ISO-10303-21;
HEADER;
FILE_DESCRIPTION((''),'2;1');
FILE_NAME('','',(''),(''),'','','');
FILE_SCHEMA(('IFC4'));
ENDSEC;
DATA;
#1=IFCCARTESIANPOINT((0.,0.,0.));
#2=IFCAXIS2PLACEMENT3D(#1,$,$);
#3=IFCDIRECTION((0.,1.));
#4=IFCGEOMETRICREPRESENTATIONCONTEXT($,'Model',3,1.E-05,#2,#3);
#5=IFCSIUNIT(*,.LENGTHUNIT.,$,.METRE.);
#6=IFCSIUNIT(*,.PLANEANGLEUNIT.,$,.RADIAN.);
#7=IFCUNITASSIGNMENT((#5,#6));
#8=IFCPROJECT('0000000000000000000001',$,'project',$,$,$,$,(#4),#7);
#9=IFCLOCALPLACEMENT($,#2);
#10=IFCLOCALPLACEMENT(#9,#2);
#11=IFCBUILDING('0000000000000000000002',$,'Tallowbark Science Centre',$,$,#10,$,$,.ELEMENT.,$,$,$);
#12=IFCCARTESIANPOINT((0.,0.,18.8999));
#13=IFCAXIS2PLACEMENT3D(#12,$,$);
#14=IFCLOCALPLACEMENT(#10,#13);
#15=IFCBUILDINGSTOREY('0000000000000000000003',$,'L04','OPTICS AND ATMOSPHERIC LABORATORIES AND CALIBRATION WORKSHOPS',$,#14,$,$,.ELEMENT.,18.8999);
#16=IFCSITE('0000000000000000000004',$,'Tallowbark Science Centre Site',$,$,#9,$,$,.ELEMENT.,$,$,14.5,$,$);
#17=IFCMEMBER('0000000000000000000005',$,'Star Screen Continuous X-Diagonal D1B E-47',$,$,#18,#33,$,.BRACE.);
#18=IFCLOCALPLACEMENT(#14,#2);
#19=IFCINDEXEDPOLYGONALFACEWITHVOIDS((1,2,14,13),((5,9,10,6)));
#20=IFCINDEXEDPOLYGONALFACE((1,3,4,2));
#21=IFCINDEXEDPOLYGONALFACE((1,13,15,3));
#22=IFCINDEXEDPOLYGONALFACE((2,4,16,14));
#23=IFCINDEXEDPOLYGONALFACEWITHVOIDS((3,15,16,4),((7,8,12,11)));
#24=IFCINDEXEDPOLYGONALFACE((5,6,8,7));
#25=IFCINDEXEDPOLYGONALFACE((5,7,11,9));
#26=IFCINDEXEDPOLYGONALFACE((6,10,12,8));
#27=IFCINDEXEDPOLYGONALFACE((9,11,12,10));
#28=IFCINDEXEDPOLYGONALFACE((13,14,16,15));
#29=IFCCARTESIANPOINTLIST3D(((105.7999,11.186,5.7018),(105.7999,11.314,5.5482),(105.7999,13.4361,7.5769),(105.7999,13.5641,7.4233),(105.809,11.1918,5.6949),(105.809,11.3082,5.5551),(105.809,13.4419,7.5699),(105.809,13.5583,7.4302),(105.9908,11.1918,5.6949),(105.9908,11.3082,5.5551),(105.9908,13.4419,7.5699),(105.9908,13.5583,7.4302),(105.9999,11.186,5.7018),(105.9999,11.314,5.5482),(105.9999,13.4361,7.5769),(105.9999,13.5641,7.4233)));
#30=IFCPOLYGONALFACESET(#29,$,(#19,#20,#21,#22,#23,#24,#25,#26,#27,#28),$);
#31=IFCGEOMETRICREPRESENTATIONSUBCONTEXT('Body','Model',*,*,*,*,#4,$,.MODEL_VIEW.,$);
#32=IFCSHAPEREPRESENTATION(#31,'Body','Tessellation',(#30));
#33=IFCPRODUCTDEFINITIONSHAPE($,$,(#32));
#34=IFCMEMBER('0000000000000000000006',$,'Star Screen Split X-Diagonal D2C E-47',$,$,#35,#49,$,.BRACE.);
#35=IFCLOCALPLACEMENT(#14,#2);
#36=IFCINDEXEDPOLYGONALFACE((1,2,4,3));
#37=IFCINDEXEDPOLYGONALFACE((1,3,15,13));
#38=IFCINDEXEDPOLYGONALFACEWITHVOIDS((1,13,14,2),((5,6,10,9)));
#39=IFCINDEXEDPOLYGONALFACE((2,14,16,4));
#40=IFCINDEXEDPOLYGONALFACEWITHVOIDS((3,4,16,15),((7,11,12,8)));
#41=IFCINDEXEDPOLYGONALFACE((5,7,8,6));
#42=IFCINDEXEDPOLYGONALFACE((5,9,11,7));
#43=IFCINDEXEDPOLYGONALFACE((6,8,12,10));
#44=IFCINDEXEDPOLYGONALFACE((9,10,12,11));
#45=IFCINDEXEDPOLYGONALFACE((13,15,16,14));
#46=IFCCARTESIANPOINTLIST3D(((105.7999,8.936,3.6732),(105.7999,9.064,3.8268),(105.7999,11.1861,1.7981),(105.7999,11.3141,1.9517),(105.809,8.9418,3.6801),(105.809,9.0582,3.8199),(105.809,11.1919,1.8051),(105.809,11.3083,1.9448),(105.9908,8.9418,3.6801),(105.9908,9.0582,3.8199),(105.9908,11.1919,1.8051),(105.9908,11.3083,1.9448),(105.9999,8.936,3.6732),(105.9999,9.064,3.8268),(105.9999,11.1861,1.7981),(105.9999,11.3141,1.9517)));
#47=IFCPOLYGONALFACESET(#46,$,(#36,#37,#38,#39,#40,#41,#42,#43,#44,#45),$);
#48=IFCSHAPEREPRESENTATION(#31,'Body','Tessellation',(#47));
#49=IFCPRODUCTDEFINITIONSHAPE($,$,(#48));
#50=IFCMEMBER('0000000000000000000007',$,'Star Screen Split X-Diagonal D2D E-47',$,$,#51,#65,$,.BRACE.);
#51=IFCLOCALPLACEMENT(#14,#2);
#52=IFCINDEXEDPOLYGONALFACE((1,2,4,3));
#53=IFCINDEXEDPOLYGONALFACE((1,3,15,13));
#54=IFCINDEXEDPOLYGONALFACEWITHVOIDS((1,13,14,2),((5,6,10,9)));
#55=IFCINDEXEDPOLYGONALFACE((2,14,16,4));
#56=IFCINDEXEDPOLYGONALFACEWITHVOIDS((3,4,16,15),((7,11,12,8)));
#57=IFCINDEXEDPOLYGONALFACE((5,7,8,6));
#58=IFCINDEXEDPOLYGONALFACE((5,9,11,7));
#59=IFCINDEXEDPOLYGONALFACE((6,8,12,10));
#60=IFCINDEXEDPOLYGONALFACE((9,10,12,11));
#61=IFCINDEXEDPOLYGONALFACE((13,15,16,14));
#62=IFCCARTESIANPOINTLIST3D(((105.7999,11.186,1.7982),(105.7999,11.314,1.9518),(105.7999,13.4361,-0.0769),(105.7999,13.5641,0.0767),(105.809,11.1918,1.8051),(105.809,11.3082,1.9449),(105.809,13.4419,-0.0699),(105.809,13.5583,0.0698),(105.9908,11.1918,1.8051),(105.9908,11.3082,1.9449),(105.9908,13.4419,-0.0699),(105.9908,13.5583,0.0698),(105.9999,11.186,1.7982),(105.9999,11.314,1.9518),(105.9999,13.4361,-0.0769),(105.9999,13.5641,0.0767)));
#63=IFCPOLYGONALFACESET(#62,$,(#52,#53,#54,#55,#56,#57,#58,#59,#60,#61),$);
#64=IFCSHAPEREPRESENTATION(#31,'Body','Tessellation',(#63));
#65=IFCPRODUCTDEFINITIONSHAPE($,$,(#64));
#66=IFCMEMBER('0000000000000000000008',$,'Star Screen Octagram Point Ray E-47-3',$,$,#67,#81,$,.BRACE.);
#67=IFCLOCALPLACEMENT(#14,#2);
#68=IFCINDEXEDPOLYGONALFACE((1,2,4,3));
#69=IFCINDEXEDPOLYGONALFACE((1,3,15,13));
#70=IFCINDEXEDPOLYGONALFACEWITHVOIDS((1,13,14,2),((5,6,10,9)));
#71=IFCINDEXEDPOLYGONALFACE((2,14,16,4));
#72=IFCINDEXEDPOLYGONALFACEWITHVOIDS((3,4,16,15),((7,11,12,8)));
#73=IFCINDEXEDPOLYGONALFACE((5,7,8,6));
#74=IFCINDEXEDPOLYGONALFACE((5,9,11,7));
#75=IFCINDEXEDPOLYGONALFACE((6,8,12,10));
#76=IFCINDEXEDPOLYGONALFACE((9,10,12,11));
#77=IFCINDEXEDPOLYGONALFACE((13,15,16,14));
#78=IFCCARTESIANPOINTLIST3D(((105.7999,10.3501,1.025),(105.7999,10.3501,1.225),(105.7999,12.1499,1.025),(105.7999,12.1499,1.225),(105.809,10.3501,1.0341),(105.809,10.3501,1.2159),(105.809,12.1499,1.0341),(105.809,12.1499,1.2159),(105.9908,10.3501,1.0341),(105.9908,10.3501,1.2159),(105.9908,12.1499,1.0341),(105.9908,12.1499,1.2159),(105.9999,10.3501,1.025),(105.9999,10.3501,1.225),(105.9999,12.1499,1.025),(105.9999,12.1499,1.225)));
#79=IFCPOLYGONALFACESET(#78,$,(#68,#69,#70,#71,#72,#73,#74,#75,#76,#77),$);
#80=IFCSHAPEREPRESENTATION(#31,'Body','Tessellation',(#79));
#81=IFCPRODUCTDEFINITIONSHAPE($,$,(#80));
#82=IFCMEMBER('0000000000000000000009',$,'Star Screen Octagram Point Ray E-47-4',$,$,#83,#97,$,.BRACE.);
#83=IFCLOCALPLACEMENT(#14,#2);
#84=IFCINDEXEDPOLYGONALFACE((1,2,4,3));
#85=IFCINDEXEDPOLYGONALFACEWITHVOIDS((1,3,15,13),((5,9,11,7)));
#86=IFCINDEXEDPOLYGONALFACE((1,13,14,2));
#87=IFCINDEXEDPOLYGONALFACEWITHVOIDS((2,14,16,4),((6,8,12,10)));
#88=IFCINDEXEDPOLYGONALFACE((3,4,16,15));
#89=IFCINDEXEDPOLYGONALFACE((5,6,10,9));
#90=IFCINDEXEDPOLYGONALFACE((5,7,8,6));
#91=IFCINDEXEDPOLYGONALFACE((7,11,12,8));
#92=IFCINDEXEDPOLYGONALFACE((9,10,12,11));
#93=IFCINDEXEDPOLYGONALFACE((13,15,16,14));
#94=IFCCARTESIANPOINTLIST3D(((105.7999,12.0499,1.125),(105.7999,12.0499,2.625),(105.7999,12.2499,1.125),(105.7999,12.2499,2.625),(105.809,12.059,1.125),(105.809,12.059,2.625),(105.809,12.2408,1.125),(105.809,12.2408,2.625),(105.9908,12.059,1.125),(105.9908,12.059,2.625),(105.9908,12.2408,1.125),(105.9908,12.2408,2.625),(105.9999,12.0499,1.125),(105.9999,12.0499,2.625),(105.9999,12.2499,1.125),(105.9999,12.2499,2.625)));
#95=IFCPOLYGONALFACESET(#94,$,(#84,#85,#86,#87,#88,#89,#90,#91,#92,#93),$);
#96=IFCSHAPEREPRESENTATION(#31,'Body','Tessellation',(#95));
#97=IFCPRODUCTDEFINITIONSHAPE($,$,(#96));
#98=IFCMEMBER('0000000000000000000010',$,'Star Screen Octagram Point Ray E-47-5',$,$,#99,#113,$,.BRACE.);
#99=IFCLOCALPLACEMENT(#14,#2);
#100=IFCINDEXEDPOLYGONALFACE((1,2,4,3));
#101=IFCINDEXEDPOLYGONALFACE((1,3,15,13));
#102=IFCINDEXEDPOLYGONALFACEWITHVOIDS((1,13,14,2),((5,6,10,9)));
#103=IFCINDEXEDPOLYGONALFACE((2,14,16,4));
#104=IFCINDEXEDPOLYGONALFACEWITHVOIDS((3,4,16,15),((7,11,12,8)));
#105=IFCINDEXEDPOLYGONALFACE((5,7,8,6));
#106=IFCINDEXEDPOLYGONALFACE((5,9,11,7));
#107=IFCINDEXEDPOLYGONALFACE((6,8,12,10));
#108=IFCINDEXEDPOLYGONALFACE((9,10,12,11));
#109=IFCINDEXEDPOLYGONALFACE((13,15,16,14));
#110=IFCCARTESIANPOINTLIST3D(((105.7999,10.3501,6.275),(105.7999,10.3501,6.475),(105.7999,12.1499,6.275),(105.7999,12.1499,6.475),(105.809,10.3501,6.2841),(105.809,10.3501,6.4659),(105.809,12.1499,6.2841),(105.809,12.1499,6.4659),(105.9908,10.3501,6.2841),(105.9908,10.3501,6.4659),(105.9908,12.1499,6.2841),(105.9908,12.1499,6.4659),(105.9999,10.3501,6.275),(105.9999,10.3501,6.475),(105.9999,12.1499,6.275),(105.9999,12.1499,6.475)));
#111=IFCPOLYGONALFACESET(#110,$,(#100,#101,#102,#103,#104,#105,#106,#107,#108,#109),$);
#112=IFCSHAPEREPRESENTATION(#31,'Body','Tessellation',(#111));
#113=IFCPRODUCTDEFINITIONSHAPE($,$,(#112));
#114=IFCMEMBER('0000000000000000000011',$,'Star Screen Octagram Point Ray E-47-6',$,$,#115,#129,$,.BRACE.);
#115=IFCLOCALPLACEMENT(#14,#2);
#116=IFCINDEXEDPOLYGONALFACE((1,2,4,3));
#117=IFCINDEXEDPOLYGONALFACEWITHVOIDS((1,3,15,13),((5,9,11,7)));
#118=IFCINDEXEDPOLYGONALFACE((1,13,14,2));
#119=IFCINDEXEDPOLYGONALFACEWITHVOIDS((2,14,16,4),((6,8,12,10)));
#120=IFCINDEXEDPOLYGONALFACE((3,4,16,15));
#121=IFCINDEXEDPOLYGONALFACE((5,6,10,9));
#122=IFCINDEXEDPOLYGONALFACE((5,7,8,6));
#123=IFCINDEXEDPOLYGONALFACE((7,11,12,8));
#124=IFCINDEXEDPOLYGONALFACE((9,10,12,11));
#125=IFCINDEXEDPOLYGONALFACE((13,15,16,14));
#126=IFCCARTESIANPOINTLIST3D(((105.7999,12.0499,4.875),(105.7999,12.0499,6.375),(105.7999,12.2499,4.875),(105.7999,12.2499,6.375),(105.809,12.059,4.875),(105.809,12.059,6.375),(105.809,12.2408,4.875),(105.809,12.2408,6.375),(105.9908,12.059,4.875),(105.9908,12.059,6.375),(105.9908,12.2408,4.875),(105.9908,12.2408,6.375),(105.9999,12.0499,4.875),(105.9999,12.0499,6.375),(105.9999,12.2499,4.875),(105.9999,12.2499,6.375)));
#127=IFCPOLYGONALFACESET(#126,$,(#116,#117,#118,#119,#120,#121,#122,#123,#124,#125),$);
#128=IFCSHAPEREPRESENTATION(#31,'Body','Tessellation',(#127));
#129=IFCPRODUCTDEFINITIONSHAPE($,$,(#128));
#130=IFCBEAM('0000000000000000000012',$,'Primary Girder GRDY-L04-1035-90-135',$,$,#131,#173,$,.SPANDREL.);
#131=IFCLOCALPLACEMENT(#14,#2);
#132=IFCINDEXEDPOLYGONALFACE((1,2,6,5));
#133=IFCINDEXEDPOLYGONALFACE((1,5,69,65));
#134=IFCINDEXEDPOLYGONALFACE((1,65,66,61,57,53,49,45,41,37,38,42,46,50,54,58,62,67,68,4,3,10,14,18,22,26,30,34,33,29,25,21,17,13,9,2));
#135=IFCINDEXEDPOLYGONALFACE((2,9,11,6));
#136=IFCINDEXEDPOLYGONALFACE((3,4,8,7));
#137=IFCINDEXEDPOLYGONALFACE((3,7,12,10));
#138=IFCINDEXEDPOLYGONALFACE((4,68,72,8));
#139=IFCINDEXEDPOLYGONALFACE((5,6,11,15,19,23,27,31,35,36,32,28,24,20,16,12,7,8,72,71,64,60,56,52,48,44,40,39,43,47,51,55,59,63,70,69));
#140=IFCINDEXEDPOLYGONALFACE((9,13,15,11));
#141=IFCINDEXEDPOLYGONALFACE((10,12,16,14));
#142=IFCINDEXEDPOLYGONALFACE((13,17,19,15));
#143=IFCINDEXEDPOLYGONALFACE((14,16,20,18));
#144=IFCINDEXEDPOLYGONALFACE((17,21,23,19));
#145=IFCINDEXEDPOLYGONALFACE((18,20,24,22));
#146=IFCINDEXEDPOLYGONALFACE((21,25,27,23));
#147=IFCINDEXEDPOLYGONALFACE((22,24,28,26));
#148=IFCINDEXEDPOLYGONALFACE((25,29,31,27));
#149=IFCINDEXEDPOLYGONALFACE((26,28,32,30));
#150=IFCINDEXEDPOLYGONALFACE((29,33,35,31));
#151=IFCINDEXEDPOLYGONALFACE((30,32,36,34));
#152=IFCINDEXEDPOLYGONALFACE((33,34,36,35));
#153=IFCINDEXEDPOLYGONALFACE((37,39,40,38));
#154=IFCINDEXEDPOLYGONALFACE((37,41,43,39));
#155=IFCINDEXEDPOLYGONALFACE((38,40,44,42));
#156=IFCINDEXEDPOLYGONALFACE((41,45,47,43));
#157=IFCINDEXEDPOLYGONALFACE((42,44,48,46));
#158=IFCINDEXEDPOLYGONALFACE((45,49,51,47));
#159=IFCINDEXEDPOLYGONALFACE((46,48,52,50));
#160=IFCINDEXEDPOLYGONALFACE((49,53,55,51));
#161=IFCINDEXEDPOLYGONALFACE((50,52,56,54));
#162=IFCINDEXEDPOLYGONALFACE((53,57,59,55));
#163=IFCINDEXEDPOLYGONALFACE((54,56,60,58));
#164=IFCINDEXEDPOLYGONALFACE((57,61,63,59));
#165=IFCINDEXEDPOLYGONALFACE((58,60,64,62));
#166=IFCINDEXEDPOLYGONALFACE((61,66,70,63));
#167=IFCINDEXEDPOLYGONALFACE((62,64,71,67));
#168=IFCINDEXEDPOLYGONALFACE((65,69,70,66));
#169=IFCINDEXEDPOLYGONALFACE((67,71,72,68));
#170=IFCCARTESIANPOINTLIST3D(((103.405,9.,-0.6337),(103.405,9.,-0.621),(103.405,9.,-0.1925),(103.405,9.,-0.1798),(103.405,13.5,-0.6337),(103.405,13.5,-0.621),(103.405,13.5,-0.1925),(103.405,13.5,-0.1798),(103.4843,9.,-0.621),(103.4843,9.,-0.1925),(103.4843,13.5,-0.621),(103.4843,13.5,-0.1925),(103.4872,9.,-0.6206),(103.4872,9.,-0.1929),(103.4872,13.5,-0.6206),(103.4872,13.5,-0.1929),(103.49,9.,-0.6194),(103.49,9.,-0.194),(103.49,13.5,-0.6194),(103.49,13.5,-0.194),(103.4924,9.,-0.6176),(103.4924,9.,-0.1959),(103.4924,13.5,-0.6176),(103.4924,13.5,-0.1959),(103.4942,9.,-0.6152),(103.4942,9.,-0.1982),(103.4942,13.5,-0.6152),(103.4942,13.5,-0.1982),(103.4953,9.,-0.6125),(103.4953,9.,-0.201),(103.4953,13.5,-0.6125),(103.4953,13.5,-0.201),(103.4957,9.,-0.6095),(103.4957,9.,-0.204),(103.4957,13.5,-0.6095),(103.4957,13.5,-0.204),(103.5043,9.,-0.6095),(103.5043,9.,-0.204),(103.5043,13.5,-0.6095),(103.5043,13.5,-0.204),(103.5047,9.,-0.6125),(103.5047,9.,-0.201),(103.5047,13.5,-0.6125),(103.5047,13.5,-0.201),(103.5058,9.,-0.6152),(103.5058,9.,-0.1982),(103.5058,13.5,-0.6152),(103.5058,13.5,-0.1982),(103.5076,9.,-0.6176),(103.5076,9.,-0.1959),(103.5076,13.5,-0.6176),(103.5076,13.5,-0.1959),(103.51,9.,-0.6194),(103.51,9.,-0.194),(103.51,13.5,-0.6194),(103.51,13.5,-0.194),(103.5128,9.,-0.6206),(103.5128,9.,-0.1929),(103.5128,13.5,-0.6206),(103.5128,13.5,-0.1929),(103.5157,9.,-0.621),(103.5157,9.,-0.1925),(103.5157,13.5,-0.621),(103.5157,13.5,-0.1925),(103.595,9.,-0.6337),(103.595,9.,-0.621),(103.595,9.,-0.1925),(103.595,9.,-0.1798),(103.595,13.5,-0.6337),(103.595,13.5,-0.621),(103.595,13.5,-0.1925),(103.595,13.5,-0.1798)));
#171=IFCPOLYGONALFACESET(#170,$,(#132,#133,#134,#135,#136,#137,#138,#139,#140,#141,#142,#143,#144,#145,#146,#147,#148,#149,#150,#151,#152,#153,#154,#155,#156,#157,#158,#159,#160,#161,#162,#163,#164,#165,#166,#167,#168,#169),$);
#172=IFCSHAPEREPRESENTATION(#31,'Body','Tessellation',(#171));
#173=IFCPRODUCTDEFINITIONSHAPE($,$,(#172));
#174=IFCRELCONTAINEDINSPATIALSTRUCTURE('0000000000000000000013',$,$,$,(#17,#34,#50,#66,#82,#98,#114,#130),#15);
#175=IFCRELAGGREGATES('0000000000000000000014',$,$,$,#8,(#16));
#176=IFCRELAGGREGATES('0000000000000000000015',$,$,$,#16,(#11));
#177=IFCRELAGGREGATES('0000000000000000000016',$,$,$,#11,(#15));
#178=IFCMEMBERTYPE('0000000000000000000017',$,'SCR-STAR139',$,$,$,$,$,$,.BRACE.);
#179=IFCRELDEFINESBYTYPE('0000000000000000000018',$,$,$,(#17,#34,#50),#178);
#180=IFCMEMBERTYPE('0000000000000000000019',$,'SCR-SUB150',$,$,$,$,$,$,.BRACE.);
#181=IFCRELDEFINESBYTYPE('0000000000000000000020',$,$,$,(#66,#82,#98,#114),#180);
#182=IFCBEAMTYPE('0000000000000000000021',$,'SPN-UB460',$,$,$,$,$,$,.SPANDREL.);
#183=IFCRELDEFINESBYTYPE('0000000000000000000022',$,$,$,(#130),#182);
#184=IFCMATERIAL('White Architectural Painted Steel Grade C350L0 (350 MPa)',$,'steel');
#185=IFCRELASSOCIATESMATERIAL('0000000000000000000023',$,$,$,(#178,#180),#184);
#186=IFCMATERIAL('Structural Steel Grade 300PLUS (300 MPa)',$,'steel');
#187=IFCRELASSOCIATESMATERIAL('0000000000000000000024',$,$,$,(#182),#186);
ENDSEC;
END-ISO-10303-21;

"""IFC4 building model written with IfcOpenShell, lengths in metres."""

from ifc_helpers import new_model, si_unit, direction, frame, origin, origin_2d, place, context, subcontext, project, spatial, hollow_rectangle, i_section, extrude, material, material_profile, profile_set, type_object, element, save


model = new_model("IFC4")

# Units and contexts
model_context = context("Model", 3, precision=1e-05, world=origin(), true_north=direction((0.0, 1.0)))
body_context = subcontext(model_context, "Body", "Model", "MODEL_VIEW")
ifc_project = project(units=[si_unit("LENGTHUNIT", "METRE"), si_unit("PLANEANGLEUNIT", "RADIAN")], contexts=[model_context])

# Site, building, storey
site_placement = place(None, origin())
site = spatial("IfcSite", under=ifc_project, at=site_placement, Name="Tallowbark Science Centre Site", CompositionType="ELEMENT", RefElevation=14.5)
building_placement = place(site_placement, origin())
building = spatial("IfcBuilding", under=site, at=building_placement, Name="Tallowbark Science Centre", CompositionType="ELEMENT")
storey_placement = place(building_placement, frame((0.0, 0.0, 18.8999)))
storey = spatial("IfcBuildingStorey", under=building, at=storey_placement, Name="L04", Description="OPTICS AND ATMOSPHERIC LABORATORIES AND CALIBRATION WORKSHOPS", CompositionType="ELEMENT", Elevation=18.8999)

# Shared definitions
ifc_material_1 = material(Name="Structural Steel Grade 300PLUS (300 MPa)", Category="steel")

# Shared definitions
ifc_material_2 = material(Name="White Architectural Painted Steel Grade C350L0 (350 MPa)", Category="steel")

# Members
ifc_material_profile_1 = material_profile(ifc_material_2, hollow_rectangle(XDim=0.2, YDim=0.2, WallThickness=0.009, at=origin_2d()), Name="200x200x9.0SHS")
ifc_profile_set_1 = profile_set([ifc_material_profile_1], Name="White Architectural Painted Steel Grade C350L0 (350 MPa)")
member_type_1 = type_object("IfcMemberType", Name="SCR-STAR139", PredefinedType="BRACE", material=ifc_profile_set_1)
for number, where, z_axis, x_axis, name in (
    (1, (105.8999, 11.25, 5.625), (0.0, 0.768221, 0.640184), (-1.0, 0.0, 0.0), "Star Screen Continuous X-Diagonal D1B E-47"),
    (2, (105.8999, 9.0, 3.75), (0.0, 0.768221, -0.640184), (-1.0, 0.0, 0.0), "Star Screen Split X-Diagonal D2C E-47"),
    (3, (105.8999, 11.25, 1.875), (0.0, 0.768221, -0.640184), (-1.0, 0.0, 0.0), "Star Screen Split X-Diagonal D2D E-47"),
):
    element("IfcMember", number, at=place(storey_placement, frame(where, z_axis=z_axis, x_axis=x_axis)), inside=storey, type_object=member_type_1, Name=name, PredefinedType="BRACE", context=body_context, shape_type="SweptSolid", body=[
        extrude(hollow_rectangle(XDim=0.2, YDim=0.2, WallThickness=0.009, at=origin_2d()), origin(), (0.0, 0.0, 1.0), 2.929),
    ])
ifc_material_profile_2 = material_profile(ifc_material_2, hollow_rectangle(XDim=0.2, YDim=0.2, WallThickness=0.009, at=origin_2d()), Name="200x200x9.0SHS")
ifc_profile_set_2 = profile_set([ifc_material_profile_2], Name="White Architectural Painted Steel Grade C350L0 (350 MPa)")
member_type_2 = type_object("IfcMemberType", Name="SCR-SUB150", PredefinedType="BRACE", material=ifc_profile_set_2)
member_1_placement = place(storey_placement, frame((105.8999, 12.1499, 1.125), z_axis=(0.0, -1.0, 0.0), x_axis=(1.0, 0.0, 0.0)))
element("IfcMember", 4, at=member_1_placement, inside=storey, type_object=member_type_2, Name="Star Screen Octagram Point Ray E-47-3", PredefinedType="BRACE", context=body_context, shape_type="SweptSolid", body=[
    extrude(hollow_rectangle(XDim=0.2, YDim=0.2, WallThickness=0.009, at=origin_2d()), origin(), (0.0, 0.0, 1.0), 1.7998),
])
member_2_placement = place(storey_placement, frame((105.8999, 12.1499, 1.125), z_axis=(0.0, 0.0, 1.0), x_axis=(1.0, 0.0, 0.0)))
element("IfcMember", 5, at=member_2_placement, inside=storey, type_object=member_type_2, Name="Star Screen Octagram Point Ray E-47-4", PredefinedType="BRACE", context=body_context, shape_type="SweptSolid", body=[
    extrude(hollow_rectangle(XDim=0.2, YDim=0.2, WallThickness=0.009, at=origin_2d()), origin(), (0.0, 0.0, 1.0), 1.5),
])
member_3_placement = place(storey_placement, frame((105.8999, 12.1499, 6.375), z_axis=(0.0, -1.0, 0.0), x_axis=(1.0, 0.0, 0.0)))
element("IfcMember", 6, at=member_3_placement, inside=storey, type_object=member_type_2, Name="Star Screen Octagram Point Ray E-47-5", PredefinedType="BRACE", context=body_context, shape_type="SweptSolid", body=[
    extrude(hollow_rectangle(XDim=0.2, YDim=0.2, WallThickness=0.009, at=origin_2d()), origin(), (0.0, 0.0, 1.0), 1.7998),
])
member_4_placement = place(storey_placement, frame((105.8999, 12.1499, 6.375), z_axis=(0.0, 0.0, -1.0), x_axis=(1.0, 0.0, 0.0)))
element("IfcMember", 7, at=member_4_placement, inside=storey, type_object=member_type_2, Name="Star Screen Octagram Point Ray E-47-6", PredefinedType="BRACE", context=body_context, shape_type="SweptSolid", body=[
    extrude(hollow_rectangle(XDim=0.2, YDim=0.2, WallThickness=0.009, at=origin_2d()), origin(), (0.0, 0.0, 1.0), 1.5),
])

# Beam
ifc_material_profile_3 = material_profile(ifc_material_1, i_section(OverallWidth=0.1899, OverallDepth=0.4539, WebThickness=0.0085, FlangeThickness=0.0127, FilletRadius=0.0115, at=origin_2d()), Name="460UB67.1")
ifc_profile_set_3 = profile_set([ifc_material_profile_3], Name="Structural Steel Grade 300PLUS (300 MPa)")
beam_type_1 = type_object("IfcBeamType", Name="SPN-UB460", PredefinedType="SPANDREL", material=ifc_profile_set_3)
for number, where, z_axis, x_axis, name in (
    (8, (103.5, 9.0, -0.4067), (0.0, 1.0, 0.0), (-1.0, 0.0, 0.0), "Primary Girder GRDY-L04-1035-90-135"),
):
    element("IfcBeam", number, at=place(storey_placement, frame(where, z_axis=z_axis, x_axis=x_axis)), inside=storey, type_object=beam_type_1, Name=name, PredefinedType="SPANDREL", context=body_context, shape_type="SweptSolid", body=[
        extrude(i_section(OverallWidth=0.1899, OverallDepth=0.4539, WebThickness=0.0085, FlangeThickness=0.0127, FilletRadius=0.0115, at=origin_2d()), origin(), (0.0, 0.0, 1.0), 4.5),
    ])

save(model, "model.ifc")
